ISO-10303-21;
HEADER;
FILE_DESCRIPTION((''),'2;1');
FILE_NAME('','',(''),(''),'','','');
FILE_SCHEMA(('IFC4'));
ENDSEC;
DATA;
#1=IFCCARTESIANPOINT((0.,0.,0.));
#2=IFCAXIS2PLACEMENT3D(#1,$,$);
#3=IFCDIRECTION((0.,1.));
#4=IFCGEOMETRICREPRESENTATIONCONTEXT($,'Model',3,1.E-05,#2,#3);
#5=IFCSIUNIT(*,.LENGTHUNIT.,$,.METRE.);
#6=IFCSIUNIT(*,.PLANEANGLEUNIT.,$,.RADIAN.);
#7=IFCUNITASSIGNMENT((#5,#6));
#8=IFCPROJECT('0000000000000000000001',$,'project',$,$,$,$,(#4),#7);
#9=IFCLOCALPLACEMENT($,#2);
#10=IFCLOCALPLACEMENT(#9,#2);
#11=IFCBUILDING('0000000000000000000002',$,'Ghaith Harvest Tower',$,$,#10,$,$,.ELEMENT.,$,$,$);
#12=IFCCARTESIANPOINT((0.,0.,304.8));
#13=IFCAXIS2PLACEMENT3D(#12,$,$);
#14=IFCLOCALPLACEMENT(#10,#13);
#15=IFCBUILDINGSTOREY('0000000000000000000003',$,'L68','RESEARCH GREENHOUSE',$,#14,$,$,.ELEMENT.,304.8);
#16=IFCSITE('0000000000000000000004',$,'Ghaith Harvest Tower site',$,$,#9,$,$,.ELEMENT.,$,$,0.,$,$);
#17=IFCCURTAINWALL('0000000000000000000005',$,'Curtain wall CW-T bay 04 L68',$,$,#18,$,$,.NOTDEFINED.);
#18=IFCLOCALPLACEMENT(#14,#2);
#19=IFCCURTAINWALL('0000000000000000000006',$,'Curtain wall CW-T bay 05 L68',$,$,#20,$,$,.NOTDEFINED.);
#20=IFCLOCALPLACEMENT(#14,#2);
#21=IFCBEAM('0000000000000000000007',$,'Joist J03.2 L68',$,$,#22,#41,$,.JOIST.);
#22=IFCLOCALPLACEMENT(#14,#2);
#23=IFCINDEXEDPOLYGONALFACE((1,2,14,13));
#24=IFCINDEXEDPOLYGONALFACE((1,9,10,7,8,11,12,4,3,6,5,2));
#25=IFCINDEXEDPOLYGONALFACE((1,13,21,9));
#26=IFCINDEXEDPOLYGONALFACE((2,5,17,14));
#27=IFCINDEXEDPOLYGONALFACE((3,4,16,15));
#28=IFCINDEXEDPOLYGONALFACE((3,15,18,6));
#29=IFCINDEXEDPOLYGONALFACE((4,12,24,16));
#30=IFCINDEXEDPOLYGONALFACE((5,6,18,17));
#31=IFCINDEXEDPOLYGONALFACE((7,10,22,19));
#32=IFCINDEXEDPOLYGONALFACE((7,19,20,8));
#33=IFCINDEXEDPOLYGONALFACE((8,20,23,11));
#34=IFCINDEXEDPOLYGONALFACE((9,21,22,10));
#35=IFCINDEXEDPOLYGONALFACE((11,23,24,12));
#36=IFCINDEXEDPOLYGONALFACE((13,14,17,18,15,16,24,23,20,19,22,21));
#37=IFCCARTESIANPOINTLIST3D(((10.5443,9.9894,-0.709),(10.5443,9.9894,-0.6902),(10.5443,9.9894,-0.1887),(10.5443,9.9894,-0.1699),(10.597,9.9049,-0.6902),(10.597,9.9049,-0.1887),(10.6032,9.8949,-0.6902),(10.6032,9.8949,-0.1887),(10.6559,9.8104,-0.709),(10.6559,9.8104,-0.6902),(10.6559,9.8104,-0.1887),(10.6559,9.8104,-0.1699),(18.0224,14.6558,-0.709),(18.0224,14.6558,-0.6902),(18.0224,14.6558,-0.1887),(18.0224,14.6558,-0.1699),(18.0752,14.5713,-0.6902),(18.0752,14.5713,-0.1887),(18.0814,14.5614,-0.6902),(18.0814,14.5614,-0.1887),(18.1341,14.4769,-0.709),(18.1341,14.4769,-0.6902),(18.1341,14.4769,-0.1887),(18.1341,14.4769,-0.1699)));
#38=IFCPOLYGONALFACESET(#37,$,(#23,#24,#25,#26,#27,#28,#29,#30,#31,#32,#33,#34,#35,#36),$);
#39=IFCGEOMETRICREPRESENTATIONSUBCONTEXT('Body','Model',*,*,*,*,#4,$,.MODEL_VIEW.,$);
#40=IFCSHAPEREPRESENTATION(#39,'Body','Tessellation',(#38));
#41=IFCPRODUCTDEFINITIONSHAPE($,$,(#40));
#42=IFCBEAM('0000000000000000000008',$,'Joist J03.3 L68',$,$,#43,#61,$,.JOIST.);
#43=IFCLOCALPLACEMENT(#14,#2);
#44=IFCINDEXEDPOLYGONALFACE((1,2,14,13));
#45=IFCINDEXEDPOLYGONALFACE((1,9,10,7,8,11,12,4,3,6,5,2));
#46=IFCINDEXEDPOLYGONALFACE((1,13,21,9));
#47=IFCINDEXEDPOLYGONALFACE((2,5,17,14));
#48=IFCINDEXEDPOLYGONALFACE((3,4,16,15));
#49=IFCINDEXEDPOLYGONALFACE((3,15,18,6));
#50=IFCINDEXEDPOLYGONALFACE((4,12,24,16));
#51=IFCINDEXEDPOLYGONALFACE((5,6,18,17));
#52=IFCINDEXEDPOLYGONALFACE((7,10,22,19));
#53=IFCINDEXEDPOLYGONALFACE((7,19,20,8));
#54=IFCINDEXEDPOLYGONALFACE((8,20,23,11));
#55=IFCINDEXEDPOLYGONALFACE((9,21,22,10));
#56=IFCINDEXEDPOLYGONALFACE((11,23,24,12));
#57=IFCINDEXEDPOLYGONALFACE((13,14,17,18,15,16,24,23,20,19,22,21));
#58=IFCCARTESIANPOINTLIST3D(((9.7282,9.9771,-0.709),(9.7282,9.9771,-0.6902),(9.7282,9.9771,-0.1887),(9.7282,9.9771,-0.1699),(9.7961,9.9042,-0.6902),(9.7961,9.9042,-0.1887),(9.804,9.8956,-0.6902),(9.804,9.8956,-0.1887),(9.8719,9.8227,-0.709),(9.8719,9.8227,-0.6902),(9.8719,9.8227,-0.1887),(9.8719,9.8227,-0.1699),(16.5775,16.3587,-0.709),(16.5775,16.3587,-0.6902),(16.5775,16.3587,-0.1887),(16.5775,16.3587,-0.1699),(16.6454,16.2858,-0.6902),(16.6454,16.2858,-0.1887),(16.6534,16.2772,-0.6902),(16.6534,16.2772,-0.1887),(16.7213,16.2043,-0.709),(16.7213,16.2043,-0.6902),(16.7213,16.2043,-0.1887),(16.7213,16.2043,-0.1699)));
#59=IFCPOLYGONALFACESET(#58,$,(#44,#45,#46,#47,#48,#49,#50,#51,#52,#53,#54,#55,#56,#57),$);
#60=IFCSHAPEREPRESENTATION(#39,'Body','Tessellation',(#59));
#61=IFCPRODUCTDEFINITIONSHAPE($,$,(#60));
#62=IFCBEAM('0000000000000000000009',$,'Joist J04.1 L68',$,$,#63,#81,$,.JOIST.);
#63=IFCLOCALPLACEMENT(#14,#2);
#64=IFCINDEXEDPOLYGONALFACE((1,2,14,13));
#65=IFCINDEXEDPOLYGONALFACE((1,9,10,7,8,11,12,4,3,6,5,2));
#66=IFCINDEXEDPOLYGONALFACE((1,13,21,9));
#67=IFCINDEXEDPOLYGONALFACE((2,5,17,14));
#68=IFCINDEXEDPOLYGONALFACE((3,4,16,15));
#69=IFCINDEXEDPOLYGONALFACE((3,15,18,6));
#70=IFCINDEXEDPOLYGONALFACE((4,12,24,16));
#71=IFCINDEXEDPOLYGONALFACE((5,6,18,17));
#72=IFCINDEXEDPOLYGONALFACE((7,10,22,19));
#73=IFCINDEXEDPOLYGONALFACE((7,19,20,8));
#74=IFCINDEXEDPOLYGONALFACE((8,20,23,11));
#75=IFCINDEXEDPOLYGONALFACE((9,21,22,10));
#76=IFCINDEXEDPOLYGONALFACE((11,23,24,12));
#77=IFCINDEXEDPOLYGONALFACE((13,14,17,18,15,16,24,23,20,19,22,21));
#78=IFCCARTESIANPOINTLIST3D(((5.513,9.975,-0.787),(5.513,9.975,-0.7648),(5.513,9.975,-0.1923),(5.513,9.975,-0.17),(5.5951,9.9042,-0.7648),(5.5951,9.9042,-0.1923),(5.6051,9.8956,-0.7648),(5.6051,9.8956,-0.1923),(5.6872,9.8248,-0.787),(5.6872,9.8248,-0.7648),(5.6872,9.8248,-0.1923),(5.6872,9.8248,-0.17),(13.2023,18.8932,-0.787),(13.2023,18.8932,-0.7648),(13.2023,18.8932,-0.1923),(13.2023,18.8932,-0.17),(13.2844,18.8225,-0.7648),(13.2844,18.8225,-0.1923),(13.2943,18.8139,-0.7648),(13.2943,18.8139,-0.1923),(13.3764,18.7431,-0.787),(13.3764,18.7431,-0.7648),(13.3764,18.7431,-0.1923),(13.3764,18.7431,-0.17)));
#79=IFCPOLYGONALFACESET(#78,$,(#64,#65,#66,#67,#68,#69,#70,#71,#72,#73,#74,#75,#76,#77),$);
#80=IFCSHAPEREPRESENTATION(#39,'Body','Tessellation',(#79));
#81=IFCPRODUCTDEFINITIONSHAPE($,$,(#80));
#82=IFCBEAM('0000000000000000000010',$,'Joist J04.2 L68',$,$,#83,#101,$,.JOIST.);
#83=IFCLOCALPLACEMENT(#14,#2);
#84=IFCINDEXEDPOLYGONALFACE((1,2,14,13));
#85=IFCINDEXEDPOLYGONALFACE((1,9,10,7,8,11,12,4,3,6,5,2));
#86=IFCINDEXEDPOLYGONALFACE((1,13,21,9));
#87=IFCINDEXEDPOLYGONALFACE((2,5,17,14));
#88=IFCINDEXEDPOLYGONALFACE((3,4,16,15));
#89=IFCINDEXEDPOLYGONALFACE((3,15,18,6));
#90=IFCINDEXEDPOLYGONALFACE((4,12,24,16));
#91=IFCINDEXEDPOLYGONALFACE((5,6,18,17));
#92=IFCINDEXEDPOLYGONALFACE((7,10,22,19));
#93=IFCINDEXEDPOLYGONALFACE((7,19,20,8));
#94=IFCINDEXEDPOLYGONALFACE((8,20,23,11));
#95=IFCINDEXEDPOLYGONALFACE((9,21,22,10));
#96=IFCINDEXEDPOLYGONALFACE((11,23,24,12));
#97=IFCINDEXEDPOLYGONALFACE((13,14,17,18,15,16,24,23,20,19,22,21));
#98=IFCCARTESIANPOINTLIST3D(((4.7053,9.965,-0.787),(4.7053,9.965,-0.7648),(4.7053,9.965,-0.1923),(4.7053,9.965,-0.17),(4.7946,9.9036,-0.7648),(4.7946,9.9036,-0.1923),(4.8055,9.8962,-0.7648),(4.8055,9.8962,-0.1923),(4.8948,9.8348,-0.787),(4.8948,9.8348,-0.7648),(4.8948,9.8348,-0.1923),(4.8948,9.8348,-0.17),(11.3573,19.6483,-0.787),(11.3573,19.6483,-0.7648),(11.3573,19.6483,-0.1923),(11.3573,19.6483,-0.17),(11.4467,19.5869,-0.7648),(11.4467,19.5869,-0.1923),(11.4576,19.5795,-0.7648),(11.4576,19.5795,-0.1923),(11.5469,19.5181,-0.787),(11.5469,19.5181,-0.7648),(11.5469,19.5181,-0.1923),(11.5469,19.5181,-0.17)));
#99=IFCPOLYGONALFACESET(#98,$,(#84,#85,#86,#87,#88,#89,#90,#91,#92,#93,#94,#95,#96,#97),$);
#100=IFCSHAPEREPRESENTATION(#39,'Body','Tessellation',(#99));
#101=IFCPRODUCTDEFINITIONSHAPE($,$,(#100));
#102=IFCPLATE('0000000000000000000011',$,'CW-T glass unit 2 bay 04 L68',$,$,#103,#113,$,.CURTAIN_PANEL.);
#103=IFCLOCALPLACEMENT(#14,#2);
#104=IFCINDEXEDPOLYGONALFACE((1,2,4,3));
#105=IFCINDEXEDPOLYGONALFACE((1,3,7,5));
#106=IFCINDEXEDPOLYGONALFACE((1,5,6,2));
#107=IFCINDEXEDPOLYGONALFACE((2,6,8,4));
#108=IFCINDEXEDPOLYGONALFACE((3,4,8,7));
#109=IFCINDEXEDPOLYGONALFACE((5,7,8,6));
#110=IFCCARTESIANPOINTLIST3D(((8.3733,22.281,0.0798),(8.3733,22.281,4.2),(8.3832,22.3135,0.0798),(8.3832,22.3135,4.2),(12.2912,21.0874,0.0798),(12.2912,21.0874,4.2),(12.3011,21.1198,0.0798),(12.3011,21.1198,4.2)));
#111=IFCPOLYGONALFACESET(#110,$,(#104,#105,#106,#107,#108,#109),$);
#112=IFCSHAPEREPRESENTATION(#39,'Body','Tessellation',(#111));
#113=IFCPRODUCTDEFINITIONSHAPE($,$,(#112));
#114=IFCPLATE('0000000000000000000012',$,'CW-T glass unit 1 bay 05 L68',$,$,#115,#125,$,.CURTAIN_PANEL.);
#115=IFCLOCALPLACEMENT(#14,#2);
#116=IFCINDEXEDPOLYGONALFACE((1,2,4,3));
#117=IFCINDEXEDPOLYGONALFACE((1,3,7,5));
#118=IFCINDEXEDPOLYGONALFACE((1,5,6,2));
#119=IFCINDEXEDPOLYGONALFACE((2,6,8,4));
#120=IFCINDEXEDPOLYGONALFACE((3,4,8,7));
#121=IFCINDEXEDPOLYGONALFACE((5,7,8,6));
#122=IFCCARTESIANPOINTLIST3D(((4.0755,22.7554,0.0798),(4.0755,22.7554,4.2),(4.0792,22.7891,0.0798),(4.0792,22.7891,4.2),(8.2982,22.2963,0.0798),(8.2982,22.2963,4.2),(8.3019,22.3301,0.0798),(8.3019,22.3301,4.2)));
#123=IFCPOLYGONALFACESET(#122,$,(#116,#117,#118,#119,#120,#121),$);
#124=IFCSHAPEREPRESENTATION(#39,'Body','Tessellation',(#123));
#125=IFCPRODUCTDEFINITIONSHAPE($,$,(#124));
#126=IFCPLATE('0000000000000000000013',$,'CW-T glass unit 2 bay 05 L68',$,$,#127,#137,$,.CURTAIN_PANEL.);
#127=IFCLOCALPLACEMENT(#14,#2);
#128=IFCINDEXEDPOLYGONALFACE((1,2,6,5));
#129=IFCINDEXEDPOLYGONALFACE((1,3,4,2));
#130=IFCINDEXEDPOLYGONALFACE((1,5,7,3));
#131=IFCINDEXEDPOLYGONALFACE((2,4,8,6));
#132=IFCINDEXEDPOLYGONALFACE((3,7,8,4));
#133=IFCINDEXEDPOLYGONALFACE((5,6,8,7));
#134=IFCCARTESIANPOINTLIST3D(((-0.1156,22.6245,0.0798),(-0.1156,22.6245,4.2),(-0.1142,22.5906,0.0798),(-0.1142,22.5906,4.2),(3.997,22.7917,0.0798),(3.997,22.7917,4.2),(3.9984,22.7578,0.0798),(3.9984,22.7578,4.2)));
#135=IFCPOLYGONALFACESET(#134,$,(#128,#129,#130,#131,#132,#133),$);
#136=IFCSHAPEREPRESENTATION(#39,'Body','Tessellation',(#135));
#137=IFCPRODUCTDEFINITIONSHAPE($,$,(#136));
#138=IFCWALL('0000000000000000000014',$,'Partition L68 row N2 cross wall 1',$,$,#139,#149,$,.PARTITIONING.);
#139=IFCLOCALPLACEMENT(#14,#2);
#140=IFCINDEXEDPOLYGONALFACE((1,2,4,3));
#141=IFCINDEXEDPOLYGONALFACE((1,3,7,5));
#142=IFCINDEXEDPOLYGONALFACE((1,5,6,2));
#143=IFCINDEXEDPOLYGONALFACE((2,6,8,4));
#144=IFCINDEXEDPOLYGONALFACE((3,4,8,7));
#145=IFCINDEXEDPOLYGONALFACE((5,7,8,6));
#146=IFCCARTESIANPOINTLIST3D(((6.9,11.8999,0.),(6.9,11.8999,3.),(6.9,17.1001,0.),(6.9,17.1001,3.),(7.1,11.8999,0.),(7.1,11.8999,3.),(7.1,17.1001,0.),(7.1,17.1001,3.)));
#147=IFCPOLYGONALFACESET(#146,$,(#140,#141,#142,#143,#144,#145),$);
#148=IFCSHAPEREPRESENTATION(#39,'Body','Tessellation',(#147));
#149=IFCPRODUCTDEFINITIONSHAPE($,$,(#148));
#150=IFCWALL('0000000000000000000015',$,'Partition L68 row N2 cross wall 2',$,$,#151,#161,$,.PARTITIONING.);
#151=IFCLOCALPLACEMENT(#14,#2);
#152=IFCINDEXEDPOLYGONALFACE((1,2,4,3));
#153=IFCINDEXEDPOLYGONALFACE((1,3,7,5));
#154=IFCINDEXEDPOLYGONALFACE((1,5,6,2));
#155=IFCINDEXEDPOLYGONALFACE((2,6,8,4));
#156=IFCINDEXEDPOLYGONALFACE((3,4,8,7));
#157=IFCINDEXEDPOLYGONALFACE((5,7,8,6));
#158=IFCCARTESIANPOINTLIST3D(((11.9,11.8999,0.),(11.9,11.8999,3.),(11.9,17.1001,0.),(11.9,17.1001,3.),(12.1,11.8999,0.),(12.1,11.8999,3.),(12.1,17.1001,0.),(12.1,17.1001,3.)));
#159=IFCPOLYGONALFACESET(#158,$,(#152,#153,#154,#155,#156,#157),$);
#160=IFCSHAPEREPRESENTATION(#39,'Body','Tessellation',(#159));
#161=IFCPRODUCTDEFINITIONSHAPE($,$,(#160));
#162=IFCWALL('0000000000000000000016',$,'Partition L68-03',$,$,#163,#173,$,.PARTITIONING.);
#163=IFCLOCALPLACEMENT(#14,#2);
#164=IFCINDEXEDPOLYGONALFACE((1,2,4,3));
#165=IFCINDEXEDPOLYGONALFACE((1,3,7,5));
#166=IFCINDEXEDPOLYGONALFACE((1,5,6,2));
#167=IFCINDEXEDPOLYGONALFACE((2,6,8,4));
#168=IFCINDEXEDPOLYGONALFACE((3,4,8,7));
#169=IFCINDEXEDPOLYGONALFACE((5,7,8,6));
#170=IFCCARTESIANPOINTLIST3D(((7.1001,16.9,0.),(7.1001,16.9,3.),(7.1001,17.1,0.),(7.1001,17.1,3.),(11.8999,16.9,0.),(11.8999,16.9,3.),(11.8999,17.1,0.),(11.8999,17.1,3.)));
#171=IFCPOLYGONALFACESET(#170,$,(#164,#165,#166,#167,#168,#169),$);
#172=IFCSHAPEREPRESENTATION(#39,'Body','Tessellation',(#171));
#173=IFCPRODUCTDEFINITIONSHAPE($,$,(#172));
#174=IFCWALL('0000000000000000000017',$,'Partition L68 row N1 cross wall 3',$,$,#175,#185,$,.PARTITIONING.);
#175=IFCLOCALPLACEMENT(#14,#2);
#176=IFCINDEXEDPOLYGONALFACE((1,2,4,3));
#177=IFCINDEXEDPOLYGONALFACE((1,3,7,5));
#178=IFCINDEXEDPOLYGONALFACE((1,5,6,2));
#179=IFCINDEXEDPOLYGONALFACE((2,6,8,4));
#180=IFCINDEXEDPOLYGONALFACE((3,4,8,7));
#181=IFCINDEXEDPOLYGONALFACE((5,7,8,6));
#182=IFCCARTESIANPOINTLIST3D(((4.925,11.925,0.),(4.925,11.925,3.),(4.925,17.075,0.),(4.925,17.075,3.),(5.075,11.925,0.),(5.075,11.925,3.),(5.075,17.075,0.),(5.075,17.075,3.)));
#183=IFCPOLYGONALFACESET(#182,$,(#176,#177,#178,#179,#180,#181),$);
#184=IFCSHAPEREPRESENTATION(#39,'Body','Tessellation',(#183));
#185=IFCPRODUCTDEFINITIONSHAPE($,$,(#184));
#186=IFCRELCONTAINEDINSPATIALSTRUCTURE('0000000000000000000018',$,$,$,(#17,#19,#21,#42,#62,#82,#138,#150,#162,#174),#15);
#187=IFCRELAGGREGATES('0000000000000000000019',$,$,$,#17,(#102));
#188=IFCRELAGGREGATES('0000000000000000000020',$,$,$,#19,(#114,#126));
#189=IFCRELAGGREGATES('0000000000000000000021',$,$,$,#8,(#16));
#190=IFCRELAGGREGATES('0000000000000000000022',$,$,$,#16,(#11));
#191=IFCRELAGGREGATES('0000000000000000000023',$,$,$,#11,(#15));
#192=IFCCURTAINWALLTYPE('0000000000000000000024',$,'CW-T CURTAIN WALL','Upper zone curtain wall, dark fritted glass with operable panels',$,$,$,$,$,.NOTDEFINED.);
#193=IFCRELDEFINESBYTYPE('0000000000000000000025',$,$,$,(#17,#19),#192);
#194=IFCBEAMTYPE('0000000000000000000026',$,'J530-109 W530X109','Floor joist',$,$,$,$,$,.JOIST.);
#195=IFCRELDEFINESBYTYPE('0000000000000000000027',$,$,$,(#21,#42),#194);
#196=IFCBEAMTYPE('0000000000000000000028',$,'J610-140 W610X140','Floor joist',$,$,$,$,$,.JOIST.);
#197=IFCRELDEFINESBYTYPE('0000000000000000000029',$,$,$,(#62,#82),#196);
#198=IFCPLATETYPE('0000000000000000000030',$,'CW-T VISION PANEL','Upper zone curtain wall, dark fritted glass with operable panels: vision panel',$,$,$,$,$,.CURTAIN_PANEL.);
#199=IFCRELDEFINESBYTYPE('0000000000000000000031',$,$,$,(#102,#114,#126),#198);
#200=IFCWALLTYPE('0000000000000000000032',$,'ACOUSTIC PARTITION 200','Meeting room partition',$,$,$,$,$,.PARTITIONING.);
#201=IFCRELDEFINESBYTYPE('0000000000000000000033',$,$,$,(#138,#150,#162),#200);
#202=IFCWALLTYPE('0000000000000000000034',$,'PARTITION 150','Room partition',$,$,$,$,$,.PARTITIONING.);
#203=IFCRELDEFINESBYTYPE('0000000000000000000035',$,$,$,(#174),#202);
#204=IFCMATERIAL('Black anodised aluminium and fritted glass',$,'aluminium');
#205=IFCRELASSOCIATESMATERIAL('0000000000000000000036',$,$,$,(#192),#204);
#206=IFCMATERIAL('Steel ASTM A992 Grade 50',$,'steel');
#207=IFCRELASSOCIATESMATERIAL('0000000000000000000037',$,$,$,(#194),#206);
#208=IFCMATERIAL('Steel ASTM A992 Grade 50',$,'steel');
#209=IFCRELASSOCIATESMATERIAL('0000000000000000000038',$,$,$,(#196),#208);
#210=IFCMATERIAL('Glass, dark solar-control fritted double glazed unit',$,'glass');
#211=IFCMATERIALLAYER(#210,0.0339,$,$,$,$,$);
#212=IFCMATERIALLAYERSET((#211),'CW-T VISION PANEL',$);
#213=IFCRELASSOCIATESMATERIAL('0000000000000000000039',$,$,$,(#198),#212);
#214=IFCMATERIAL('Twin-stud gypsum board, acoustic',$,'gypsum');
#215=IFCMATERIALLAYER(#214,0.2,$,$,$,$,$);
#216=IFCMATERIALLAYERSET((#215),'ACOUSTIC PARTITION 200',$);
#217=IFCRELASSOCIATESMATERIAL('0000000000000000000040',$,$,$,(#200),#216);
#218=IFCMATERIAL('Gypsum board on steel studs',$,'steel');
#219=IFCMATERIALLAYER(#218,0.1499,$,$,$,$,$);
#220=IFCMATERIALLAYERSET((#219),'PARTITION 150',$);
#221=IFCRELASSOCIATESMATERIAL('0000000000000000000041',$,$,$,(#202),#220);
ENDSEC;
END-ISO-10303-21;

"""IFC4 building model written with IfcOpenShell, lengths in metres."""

from ifc_helpers import new_model, si_unit, direction, frame, frame_2d, origin, origin_2d, place, context, subcontext, project, spatial, rectangle, i_section, extrude, material, layer, layer_set, material_profile, profile_set, type_object, element, aggregate, save


model = new_model("IFC4")

# Units and contexts
model_context = context("Model", 3, precision=1e-05, world=origin(), true_north=direction((0.0, 1.0)))
body_context = subcontext(model_context, "Body", "Model", "MODEL_VIEW")
ifc_project = project(units=[si_unit("LENGTHUNIT", "METRE"), si_unit("PLANEANGLEUNIT", "RADIAN")], contexts=[model_context])

# Site, building, storey
site_placement = place(None, origin())
site = spatial("IfcSite", under=ifc_project, at=site_placement, Name="Ghaith Harvest Tower site", CompositionType="ELEMENT", RefElevation=0.0)
building_placement = place(site_placement, origin())
building = spatial("IfcBuilding", under=site, at=building_placement, Name="Ghaith Harvest Tower", CompositionType="ELEMENT")
storey_placement = place(building_placement, frame((0.0, 0.0, 304.8)))
storey = spatial("IfcBuildingStorey", under=building, at=storey_placement, Name="L68", Description="RESEARCH GREENHOUSE", CompositionType="ELEMENT", Elevation=304.8)

# Curtain wall
ifc_material_1 = material(Name="Black anodised aluminium and fritted glass", Category="aluminium")
curtain_wall_type = type_object("IfcCurtainWallType", Name="CW-T CURTAIN WALL", Description="Upper zone curtain wall, dark fritted glass with operable panels", PredefinedType="NOTDEFINED", material=ifc_material_1)
curtain_wall_1_placement = place(storey_placement, origin())
curtain_wall_1 = element("IfcCurtainWall", 1, at=curtain_wall_1_placement, inside=storey, type_object=curtain_wall_type, Name="Curtain wall CW-T bay 04 L68", PredefinedType="NOTDEFINED")

# Curtain wall
curtain_wall_2_placement = place(storey_placement, origin())
curtain_wall_2 = element("IfcCurtainWall", 2, at=curtain_wall_2_placement, inside=storey, type_object=curtain_wall_type, Name="Curtain wall CW-T bay 05 L68", PredefinedType="NOTDEFINED")

# Beams
ifc_material_2 = material(Name="Steel ASTM A992 Grade 50", Category="steel")
ifc_material_profile_1 = material_profile(ifc_material_2, i_section(OverallWidth=0.2109, OverallDepth=0.5391, WebThickness=0.0117, FlangeThickness=0.0188, at=origin_2d()), Name="W530X109")
ifc_profile_set_1 = profile_set([ifc_material_profile_1], Name="Steel ASTM A992 Grade 50")
beam_type_1 = type_object("IfcBeamType", Name="J530-109 W530X109", Description="Floor joist", PredefinedType="JOIST", material=ifc_profile_set_1)
beam_1_placement = place(storey_placement, frame((10.6001, 9.8999, -0.4395), z_axis=(0.848376, 0.529394, 0.0), x_axis=(-0.529394, 0.848376, 0.0)))
element("IfcBeam", 3, at=beam_1_placement, inside=storey, type_object=beam_type_1, Name="Joist J03.2 L68", PredefinedType="JOIST", context=body_context, shape_type="SweptSolid", body=[
    extrude(i_section(OverallWidth=0.2109, OverallDepth=0.5391, WebThickness=0.0117, FlangeThickness=0.0188, at=origin_2d()), origin(), (0.0, 0.0, 1.0), 8.8147),
])
beam_2_placement = place(storey_placement, frame((9.8, 9.8999, -0.4395), z_axis=(0.731649, 0.681682, 0.0), x_axis=(-0.681682, 0.731649, 0.0)))
element("IfcBeam", 4, at=beam_2_placement, inside=storey, type_object=beam_type_1, Name="Joist J03.3 L68", PredefinedType="JOIST", context=body_context, shape_type="SweptSolid", body=[
    extrude(i_section(OverallWidth=0.2109, OverallDepth=0.5391, WebThickness=0.0117, FlangeThickness=0.0188, at=origin_2d()), origin(), (0.0, 0.0, 1.0), 9.3616),
])
ifc_material_3 = material(Name="Steel ASTM A992 Grade 50", Category="steel")
ifc_material_profile_2 = material_profile(ifc_material_3, i_section(OverallWidth=0.23, OverallDepth=0.6169, WebThickness=0.0132, FlangeThickness=0.0222, at=origin_2d()), Name="W610X140")
ifc_profile_set_2 = profile_set([ifc_material_profile_2], Name="Steel ASTM A992 Grade 50")
beam_type_2 = type_object("IfcBeamType", Name="J610-140 W610X140", Description="Floor joist", PredefinedType="JOIST", material=ifc_profile_set_2)
beam_3_placement = place(storey_placement, frame((5.6001, 9.8999, -0.4785), z_axis=(0.652993, 0.757364, 0.0), x_axis=(-0.757364, 0.652993, 0.0)))
element("IfcBeam", 5, at=beam_3_placement, inside=storey, type_object=beam_type_2, Name="Joist J04.1 L68", PredefinedType="JOIST", context=body_context, shape_type="SweptSolid", body=[
    extrude(i_section(OverallWidth=0.23, OverallDepth=0.6169, WebThickness=0.0132, FlangeThickness=0.0222, at=origin_2d()), origin(), (0.0, 0.0, 1.0), 11.7754),
])
beam_4_placement = place(storey_placement, frame((4.8, 9.8999, -0.4785), z_axis=(0.566228, 0.824249, 0.0), x_axis=(-0.824249, 0.566228, 0.0)))
element("IfcBeam", 6, at=beam_4_placement, inside=storey, type_object=beam_type_2, Name="Joist J04.2 L68", PredefinedType="JOIST", context=body_context, shape_type="SweptSolid", body=[
    extrude(i_section(OverallWidth=0.23, OverallDepth=0.6169, WebThickness=0.0132, FlangeThickness=0.0222, at=origin_2d()), origin(), (0.0, 0.0, 1.0), 11.748),
])

# Plates
ifc_material_4 = material(Name="Glass, dark solar-control fritted double glazed unit", Category="glass")
ifc_layer_1 = layer(ifc_material_4, 0.0339)
ifc_layer_set_1 = layer_set([ifc_layer_1], Name="CW-T VISION PANEL")
plate_type = type_object("IfcPlateType", Name="CW-T VISION PANEL", Description="Upper zone curtain wall, dark fritted glass with operable panels: vision panel", PredefinedType="CURTAIN_PANEL", material=ifc_layer_set_1)
plate_1_placement = place(storey_placement, frame((10.3372, 21.7004, 0.0798), z_axis=(0.0, 0.0, 1.0), x_axis=(-0.956588, 0.291445, 0.0)))
plate_1 = element("IfcPlate", 7, at=plate_1_placement, type_object=plate_type, Name="CW-T glass unit 2 bay 04 L68", PredefinedType="CURTAIN_PANEL", context=body_context, shape_type="SweptSolid", body=[
    extrude(rectangle(XDim=4.0957, YDim=0.0339, at=origin_2d()), origin(), (0.0, 0.0, 1.0), 4.1201),
])
aggregate(curtain_wall_1, [plate_1])
plate_2_placement = place(storey_placement, frame((6.1887, 22.5427, 0.0798), z_axis=(0.0, 0.0, 1.0), x_axis=(-0.994143, 0.108074, 0.0)))
plate_2 = element("IfcPlate", 8, at=plate_2_placement, type_object=plate_type, Name="CW-T glass unit 1 bay 05 L68", PredefinedType="CURTAIN_PANEL", context=body_context, shape_type="SweptSolid", body=[
    extrude(rectangle(XDim=4.2476, YDim=0.0339, at=origin_2d()), origin(), (0.0, 0.0, 1.0), 4.1201),
])
plate_3_placement = place(storey_placement, frame((1.9414, 22.6912, 0.0798), z_axis=(0.0, 0.0, 1.0), x_axis=(-0.999174, -0.040638, 0.0)))
plate_3 = element("IfcPlate", 9, at=plate_3_placement, type_object=plate_type, Name="CW-T glass unit 2 bay 05 L68", PredefinedType="CURTAIN_PANEL", context=body_context, shape_type="SweptSolid", body=[
    extrude(rectangle(XDim=4.116, YDim=0.0339, at=origin_2d()), origin(), (0.0, 0.0, 1.0), 4.1201),
])
aggregate(curtain_wall_2, [plate_2, plate_3])

# Walls
ifc_material_5 = material(Name="Twin-stud gypsum board, acoustic", Category="gypsum")
ifc_layer_2 = layer(ifc_material_5, 0.2)
ifc_layer_set_2 = layer_set([ifc_layer_2], Name="ACOUSTIC PARTITION 200")
wall_type_1 = type_object("IfcWallType", Name="ACOUSTIC PARTITION 200", Description="Meeting room partition", PredefinedType="PARTITIONING", material=ifc_layer_set_2)
for number, where, z_axis, x_axis, name in (
    (10, (7.0, 11.8999, 0.0), (0.0, 0.0, 1.0), (0.0, 1.0, 0.0), "Partition L68 row N2 cross wall 1"),
    (11, (12.0, 11.8999, 0.0), (0.0, 0.0, 1.0), (0.0, 1.0, 0.0), "Partition L68 row N2 cross wall 2"),
):
    element("IfcWall", number, at=place(storey_placement, frame(where, z_axis=z_axis, x_axis=x_axis)), inside=storey, type_object=wall_type_1, Name=name, PredefinedType="PARTITIONING", context=body_context, shape_type="SweptSolid", body=[
        extrude(rectangle(XDim=5.2002, YDim=0.2, at=frame_2d((2.6001, 0.0))), origin(), (0.0, 0.0, 1.0), 3.0),
    ])

# Walls
wall_1_placement = place(storey_placement, frame((7.1001, 17.0, 0.0), z_axis=(0.0, 0.0, 1.0), x_axis=(1.0, 0.0, 0.0)))
element("IfcWall", 12, at=wall_1_placement, inside=storey, type_object=wall_type_1, Name="Partition L68-03", PredefinedType="PARTITIONING", context=body_context, shape_type="SweptSolid", body=[
    extrude(rectangle(XDim=4.7998, YDim=0.2, at=frame_2d((2.3999, 0.0))), origin(), (0.0, 0.0, 1.0), 3.0),
])
ifc_material_6 = material(Name="Gypsum board on steel studs", Category="steel")
ifc_layer_3 = layer(ifc_material_6, 0.1499)
ifc_layer_set_3 = layer_set([ifc_layer_3], Name="PARTITION 150")
wall_type_2 = type_object("IfcWallType", Name="PARTITION 150", Description="Room partition", PredefinedType="PARTITIONING", material=ifc_layer_set_3)
wall_2_placement = place(storey_placement, frame((5.0, 11.925, 0.0), z_axis=(0.0, 0.0, 1.0), x_axis=(0.0, 1.0, 0.0)))
element("IfcWall", 13, at=wall_2_placement, inside=storey, type_object=wall_type_2, Name="Partition L68 row N1 cross wall 3", PredefinedType="PARTITIONING", context=body_context, shape_type="SweptSolid", body=[
    extrude(rectangle(XDim=5.1499, YDim=0.1499, at=frame_2d((2.575, 0.0))), origin(), (0.0, 0.0, 1.0), 3.0),
])

save(model, "model.ifc")
